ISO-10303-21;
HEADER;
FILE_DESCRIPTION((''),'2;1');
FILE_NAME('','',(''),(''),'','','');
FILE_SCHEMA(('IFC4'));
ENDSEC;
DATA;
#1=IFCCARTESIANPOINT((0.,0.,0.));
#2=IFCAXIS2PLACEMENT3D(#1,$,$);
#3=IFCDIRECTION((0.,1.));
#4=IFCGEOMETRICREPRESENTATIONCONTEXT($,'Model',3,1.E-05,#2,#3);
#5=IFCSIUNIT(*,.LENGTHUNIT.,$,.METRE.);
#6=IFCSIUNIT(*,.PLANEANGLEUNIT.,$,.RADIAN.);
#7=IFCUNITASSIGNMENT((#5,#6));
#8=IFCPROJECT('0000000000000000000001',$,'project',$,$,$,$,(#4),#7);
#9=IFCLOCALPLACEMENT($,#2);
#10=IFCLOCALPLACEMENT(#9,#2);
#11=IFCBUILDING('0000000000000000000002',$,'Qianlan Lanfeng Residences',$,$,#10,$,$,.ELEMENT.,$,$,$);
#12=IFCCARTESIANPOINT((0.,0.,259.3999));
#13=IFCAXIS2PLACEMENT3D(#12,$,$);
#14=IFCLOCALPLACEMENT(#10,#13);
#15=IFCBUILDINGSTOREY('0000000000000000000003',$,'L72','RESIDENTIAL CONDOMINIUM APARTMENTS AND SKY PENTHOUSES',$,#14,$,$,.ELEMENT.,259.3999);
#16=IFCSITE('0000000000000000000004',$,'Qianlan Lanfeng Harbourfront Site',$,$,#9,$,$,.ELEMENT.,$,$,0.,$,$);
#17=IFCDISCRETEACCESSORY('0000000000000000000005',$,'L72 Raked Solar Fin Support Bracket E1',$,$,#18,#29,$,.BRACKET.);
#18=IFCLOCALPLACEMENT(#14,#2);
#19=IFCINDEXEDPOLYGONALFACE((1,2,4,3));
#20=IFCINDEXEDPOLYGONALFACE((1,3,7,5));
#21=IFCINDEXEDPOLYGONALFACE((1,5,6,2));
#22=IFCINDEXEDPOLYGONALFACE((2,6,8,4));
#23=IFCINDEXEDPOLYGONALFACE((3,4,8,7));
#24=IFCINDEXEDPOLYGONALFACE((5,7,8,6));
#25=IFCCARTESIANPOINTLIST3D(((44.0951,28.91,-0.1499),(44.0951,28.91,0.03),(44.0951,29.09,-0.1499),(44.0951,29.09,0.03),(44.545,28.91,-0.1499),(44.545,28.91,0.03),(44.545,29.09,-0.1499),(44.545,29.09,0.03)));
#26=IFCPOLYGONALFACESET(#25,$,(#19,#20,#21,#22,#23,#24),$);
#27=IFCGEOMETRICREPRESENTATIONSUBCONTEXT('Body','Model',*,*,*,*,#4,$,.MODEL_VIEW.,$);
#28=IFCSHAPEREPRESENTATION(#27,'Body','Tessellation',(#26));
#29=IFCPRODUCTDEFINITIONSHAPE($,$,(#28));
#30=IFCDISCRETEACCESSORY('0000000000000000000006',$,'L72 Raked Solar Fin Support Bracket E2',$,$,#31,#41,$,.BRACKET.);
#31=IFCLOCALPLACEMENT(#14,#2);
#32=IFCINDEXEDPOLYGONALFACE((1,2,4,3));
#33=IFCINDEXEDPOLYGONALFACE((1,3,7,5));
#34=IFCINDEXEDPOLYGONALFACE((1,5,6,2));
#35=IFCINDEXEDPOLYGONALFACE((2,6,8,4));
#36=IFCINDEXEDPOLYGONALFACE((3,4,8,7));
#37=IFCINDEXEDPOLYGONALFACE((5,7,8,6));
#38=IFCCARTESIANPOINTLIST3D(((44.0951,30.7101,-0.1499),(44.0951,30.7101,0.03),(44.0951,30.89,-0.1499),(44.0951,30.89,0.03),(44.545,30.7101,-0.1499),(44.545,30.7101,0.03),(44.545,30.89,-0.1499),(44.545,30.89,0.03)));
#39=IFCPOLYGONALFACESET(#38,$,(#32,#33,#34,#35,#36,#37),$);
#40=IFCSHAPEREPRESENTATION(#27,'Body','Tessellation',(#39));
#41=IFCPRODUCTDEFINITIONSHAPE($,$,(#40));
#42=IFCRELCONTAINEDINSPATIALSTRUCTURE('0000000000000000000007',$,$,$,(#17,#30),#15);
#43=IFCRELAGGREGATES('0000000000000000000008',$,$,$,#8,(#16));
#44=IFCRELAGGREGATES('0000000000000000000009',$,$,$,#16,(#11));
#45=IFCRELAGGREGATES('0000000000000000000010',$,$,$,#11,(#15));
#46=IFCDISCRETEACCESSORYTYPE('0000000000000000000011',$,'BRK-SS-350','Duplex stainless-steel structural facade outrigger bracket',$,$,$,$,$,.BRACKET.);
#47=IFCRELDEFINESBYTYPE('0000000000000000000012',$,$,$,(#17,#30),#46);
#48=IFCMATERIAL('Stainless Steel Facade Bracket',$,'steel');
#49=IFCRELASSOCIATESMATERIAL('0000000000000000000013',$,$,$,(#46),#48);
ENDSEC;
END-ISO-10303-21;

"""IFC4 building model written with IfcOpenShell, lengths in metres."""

from ifc_helpers import new_model, si_unit, direction, frame, origin, origin_2d, place, context, subcontext, project, spatial, rectangle, extrude, source, transform, mapped, material, type_object, element, save


model = new_model("IFC4")

# Units and contexts
model_context = context("Model", 3, precision=1e-05, world=origin(), true_north=direction((0.0, 1.0)))
body_context = subcontext(model_context, "Body", "Model", "MODEL_VIEW")
ifc_project = project(units=[si_unit("LENGTHUNIT", "METRE"), si_unit("PLANEANGLEUNIT", "RADIAN")], contexts=[model_context])

# Site, building, storey
site_placement = place(None, origin())
site = spatial("IfcSite", under=ifc_project, at=site_placement, Name="Qianlan Lanfeng Harbourfront Site", CompositionType="ELEMENT", RefElevation=0.0)
building_placement = place(site_placement, origin())
building = spatial("IfcBuilding", under=site, at=building_placement, Name="Qianlan Lanfeng Residences", CompositionType="ELEMENT")
storey_placement = place(building_placement, frame((0.0, 0.0, 259.3999)))
storey = spatial("IfcBuildingStorey", under=building, at=storey_placement, Name="L72", Description="RESIDENTIAL CONDOMINIUM APARTMENTS AND SKY PENTHOUSES", CompositionType="ELEMENT", Elevation=259.3999)

# Discrete accessories
ifc_material_1 = material(Name="Stainless Steel Facade Bracket", Category="steel")
discrete_accessory_type = type_object("IfcDiscreteAccessoryType", Name="BRK-SS-350", Description="Duplex stainless-steel structural facade outrigger bracket", PredefinedType="BRACKET", material=ifc_material_1)
shared_shape_1 = source(origin(), body_context, "Body", "SweptSolid", [
    extrude(rectangle(XDim=0.45, YDim=0.1799, at=origin_2d()), origin(), (0.0, 0.0, 1.0), 0.1799),
])
for number, where, z_axis, x_axis, name in (
    (1, (44.3201, 29.0, -0.1499), (0.0, 0.0, 1.0), (1.0, 0.0, 0.0), "L72 Raked Solar Fin Support Bracket E1"),
    (2, (44.3201, 30.8, -0.1499), (0.0, 0.0, 1.0), (1.0, 0.0, 0.0), "L72 Raked Solar Fin Support Bracket E2"),
):
    element("IfcDiscreteAccessory", number, at=place(storey_placement, frame(where, z_axis=z_axis, x_axis=x_axis)), inside=storey, type_object=discrete_accessory_type, Name=name, PredefinedType="BRACKET", context=body_context, shape_type="MappedRepresentation", body=[
        mapped(shared_shape_1, transform((0.0, 0.0, 0.0), scale=1.0)),
    ])

save(model, "model.ifc")
